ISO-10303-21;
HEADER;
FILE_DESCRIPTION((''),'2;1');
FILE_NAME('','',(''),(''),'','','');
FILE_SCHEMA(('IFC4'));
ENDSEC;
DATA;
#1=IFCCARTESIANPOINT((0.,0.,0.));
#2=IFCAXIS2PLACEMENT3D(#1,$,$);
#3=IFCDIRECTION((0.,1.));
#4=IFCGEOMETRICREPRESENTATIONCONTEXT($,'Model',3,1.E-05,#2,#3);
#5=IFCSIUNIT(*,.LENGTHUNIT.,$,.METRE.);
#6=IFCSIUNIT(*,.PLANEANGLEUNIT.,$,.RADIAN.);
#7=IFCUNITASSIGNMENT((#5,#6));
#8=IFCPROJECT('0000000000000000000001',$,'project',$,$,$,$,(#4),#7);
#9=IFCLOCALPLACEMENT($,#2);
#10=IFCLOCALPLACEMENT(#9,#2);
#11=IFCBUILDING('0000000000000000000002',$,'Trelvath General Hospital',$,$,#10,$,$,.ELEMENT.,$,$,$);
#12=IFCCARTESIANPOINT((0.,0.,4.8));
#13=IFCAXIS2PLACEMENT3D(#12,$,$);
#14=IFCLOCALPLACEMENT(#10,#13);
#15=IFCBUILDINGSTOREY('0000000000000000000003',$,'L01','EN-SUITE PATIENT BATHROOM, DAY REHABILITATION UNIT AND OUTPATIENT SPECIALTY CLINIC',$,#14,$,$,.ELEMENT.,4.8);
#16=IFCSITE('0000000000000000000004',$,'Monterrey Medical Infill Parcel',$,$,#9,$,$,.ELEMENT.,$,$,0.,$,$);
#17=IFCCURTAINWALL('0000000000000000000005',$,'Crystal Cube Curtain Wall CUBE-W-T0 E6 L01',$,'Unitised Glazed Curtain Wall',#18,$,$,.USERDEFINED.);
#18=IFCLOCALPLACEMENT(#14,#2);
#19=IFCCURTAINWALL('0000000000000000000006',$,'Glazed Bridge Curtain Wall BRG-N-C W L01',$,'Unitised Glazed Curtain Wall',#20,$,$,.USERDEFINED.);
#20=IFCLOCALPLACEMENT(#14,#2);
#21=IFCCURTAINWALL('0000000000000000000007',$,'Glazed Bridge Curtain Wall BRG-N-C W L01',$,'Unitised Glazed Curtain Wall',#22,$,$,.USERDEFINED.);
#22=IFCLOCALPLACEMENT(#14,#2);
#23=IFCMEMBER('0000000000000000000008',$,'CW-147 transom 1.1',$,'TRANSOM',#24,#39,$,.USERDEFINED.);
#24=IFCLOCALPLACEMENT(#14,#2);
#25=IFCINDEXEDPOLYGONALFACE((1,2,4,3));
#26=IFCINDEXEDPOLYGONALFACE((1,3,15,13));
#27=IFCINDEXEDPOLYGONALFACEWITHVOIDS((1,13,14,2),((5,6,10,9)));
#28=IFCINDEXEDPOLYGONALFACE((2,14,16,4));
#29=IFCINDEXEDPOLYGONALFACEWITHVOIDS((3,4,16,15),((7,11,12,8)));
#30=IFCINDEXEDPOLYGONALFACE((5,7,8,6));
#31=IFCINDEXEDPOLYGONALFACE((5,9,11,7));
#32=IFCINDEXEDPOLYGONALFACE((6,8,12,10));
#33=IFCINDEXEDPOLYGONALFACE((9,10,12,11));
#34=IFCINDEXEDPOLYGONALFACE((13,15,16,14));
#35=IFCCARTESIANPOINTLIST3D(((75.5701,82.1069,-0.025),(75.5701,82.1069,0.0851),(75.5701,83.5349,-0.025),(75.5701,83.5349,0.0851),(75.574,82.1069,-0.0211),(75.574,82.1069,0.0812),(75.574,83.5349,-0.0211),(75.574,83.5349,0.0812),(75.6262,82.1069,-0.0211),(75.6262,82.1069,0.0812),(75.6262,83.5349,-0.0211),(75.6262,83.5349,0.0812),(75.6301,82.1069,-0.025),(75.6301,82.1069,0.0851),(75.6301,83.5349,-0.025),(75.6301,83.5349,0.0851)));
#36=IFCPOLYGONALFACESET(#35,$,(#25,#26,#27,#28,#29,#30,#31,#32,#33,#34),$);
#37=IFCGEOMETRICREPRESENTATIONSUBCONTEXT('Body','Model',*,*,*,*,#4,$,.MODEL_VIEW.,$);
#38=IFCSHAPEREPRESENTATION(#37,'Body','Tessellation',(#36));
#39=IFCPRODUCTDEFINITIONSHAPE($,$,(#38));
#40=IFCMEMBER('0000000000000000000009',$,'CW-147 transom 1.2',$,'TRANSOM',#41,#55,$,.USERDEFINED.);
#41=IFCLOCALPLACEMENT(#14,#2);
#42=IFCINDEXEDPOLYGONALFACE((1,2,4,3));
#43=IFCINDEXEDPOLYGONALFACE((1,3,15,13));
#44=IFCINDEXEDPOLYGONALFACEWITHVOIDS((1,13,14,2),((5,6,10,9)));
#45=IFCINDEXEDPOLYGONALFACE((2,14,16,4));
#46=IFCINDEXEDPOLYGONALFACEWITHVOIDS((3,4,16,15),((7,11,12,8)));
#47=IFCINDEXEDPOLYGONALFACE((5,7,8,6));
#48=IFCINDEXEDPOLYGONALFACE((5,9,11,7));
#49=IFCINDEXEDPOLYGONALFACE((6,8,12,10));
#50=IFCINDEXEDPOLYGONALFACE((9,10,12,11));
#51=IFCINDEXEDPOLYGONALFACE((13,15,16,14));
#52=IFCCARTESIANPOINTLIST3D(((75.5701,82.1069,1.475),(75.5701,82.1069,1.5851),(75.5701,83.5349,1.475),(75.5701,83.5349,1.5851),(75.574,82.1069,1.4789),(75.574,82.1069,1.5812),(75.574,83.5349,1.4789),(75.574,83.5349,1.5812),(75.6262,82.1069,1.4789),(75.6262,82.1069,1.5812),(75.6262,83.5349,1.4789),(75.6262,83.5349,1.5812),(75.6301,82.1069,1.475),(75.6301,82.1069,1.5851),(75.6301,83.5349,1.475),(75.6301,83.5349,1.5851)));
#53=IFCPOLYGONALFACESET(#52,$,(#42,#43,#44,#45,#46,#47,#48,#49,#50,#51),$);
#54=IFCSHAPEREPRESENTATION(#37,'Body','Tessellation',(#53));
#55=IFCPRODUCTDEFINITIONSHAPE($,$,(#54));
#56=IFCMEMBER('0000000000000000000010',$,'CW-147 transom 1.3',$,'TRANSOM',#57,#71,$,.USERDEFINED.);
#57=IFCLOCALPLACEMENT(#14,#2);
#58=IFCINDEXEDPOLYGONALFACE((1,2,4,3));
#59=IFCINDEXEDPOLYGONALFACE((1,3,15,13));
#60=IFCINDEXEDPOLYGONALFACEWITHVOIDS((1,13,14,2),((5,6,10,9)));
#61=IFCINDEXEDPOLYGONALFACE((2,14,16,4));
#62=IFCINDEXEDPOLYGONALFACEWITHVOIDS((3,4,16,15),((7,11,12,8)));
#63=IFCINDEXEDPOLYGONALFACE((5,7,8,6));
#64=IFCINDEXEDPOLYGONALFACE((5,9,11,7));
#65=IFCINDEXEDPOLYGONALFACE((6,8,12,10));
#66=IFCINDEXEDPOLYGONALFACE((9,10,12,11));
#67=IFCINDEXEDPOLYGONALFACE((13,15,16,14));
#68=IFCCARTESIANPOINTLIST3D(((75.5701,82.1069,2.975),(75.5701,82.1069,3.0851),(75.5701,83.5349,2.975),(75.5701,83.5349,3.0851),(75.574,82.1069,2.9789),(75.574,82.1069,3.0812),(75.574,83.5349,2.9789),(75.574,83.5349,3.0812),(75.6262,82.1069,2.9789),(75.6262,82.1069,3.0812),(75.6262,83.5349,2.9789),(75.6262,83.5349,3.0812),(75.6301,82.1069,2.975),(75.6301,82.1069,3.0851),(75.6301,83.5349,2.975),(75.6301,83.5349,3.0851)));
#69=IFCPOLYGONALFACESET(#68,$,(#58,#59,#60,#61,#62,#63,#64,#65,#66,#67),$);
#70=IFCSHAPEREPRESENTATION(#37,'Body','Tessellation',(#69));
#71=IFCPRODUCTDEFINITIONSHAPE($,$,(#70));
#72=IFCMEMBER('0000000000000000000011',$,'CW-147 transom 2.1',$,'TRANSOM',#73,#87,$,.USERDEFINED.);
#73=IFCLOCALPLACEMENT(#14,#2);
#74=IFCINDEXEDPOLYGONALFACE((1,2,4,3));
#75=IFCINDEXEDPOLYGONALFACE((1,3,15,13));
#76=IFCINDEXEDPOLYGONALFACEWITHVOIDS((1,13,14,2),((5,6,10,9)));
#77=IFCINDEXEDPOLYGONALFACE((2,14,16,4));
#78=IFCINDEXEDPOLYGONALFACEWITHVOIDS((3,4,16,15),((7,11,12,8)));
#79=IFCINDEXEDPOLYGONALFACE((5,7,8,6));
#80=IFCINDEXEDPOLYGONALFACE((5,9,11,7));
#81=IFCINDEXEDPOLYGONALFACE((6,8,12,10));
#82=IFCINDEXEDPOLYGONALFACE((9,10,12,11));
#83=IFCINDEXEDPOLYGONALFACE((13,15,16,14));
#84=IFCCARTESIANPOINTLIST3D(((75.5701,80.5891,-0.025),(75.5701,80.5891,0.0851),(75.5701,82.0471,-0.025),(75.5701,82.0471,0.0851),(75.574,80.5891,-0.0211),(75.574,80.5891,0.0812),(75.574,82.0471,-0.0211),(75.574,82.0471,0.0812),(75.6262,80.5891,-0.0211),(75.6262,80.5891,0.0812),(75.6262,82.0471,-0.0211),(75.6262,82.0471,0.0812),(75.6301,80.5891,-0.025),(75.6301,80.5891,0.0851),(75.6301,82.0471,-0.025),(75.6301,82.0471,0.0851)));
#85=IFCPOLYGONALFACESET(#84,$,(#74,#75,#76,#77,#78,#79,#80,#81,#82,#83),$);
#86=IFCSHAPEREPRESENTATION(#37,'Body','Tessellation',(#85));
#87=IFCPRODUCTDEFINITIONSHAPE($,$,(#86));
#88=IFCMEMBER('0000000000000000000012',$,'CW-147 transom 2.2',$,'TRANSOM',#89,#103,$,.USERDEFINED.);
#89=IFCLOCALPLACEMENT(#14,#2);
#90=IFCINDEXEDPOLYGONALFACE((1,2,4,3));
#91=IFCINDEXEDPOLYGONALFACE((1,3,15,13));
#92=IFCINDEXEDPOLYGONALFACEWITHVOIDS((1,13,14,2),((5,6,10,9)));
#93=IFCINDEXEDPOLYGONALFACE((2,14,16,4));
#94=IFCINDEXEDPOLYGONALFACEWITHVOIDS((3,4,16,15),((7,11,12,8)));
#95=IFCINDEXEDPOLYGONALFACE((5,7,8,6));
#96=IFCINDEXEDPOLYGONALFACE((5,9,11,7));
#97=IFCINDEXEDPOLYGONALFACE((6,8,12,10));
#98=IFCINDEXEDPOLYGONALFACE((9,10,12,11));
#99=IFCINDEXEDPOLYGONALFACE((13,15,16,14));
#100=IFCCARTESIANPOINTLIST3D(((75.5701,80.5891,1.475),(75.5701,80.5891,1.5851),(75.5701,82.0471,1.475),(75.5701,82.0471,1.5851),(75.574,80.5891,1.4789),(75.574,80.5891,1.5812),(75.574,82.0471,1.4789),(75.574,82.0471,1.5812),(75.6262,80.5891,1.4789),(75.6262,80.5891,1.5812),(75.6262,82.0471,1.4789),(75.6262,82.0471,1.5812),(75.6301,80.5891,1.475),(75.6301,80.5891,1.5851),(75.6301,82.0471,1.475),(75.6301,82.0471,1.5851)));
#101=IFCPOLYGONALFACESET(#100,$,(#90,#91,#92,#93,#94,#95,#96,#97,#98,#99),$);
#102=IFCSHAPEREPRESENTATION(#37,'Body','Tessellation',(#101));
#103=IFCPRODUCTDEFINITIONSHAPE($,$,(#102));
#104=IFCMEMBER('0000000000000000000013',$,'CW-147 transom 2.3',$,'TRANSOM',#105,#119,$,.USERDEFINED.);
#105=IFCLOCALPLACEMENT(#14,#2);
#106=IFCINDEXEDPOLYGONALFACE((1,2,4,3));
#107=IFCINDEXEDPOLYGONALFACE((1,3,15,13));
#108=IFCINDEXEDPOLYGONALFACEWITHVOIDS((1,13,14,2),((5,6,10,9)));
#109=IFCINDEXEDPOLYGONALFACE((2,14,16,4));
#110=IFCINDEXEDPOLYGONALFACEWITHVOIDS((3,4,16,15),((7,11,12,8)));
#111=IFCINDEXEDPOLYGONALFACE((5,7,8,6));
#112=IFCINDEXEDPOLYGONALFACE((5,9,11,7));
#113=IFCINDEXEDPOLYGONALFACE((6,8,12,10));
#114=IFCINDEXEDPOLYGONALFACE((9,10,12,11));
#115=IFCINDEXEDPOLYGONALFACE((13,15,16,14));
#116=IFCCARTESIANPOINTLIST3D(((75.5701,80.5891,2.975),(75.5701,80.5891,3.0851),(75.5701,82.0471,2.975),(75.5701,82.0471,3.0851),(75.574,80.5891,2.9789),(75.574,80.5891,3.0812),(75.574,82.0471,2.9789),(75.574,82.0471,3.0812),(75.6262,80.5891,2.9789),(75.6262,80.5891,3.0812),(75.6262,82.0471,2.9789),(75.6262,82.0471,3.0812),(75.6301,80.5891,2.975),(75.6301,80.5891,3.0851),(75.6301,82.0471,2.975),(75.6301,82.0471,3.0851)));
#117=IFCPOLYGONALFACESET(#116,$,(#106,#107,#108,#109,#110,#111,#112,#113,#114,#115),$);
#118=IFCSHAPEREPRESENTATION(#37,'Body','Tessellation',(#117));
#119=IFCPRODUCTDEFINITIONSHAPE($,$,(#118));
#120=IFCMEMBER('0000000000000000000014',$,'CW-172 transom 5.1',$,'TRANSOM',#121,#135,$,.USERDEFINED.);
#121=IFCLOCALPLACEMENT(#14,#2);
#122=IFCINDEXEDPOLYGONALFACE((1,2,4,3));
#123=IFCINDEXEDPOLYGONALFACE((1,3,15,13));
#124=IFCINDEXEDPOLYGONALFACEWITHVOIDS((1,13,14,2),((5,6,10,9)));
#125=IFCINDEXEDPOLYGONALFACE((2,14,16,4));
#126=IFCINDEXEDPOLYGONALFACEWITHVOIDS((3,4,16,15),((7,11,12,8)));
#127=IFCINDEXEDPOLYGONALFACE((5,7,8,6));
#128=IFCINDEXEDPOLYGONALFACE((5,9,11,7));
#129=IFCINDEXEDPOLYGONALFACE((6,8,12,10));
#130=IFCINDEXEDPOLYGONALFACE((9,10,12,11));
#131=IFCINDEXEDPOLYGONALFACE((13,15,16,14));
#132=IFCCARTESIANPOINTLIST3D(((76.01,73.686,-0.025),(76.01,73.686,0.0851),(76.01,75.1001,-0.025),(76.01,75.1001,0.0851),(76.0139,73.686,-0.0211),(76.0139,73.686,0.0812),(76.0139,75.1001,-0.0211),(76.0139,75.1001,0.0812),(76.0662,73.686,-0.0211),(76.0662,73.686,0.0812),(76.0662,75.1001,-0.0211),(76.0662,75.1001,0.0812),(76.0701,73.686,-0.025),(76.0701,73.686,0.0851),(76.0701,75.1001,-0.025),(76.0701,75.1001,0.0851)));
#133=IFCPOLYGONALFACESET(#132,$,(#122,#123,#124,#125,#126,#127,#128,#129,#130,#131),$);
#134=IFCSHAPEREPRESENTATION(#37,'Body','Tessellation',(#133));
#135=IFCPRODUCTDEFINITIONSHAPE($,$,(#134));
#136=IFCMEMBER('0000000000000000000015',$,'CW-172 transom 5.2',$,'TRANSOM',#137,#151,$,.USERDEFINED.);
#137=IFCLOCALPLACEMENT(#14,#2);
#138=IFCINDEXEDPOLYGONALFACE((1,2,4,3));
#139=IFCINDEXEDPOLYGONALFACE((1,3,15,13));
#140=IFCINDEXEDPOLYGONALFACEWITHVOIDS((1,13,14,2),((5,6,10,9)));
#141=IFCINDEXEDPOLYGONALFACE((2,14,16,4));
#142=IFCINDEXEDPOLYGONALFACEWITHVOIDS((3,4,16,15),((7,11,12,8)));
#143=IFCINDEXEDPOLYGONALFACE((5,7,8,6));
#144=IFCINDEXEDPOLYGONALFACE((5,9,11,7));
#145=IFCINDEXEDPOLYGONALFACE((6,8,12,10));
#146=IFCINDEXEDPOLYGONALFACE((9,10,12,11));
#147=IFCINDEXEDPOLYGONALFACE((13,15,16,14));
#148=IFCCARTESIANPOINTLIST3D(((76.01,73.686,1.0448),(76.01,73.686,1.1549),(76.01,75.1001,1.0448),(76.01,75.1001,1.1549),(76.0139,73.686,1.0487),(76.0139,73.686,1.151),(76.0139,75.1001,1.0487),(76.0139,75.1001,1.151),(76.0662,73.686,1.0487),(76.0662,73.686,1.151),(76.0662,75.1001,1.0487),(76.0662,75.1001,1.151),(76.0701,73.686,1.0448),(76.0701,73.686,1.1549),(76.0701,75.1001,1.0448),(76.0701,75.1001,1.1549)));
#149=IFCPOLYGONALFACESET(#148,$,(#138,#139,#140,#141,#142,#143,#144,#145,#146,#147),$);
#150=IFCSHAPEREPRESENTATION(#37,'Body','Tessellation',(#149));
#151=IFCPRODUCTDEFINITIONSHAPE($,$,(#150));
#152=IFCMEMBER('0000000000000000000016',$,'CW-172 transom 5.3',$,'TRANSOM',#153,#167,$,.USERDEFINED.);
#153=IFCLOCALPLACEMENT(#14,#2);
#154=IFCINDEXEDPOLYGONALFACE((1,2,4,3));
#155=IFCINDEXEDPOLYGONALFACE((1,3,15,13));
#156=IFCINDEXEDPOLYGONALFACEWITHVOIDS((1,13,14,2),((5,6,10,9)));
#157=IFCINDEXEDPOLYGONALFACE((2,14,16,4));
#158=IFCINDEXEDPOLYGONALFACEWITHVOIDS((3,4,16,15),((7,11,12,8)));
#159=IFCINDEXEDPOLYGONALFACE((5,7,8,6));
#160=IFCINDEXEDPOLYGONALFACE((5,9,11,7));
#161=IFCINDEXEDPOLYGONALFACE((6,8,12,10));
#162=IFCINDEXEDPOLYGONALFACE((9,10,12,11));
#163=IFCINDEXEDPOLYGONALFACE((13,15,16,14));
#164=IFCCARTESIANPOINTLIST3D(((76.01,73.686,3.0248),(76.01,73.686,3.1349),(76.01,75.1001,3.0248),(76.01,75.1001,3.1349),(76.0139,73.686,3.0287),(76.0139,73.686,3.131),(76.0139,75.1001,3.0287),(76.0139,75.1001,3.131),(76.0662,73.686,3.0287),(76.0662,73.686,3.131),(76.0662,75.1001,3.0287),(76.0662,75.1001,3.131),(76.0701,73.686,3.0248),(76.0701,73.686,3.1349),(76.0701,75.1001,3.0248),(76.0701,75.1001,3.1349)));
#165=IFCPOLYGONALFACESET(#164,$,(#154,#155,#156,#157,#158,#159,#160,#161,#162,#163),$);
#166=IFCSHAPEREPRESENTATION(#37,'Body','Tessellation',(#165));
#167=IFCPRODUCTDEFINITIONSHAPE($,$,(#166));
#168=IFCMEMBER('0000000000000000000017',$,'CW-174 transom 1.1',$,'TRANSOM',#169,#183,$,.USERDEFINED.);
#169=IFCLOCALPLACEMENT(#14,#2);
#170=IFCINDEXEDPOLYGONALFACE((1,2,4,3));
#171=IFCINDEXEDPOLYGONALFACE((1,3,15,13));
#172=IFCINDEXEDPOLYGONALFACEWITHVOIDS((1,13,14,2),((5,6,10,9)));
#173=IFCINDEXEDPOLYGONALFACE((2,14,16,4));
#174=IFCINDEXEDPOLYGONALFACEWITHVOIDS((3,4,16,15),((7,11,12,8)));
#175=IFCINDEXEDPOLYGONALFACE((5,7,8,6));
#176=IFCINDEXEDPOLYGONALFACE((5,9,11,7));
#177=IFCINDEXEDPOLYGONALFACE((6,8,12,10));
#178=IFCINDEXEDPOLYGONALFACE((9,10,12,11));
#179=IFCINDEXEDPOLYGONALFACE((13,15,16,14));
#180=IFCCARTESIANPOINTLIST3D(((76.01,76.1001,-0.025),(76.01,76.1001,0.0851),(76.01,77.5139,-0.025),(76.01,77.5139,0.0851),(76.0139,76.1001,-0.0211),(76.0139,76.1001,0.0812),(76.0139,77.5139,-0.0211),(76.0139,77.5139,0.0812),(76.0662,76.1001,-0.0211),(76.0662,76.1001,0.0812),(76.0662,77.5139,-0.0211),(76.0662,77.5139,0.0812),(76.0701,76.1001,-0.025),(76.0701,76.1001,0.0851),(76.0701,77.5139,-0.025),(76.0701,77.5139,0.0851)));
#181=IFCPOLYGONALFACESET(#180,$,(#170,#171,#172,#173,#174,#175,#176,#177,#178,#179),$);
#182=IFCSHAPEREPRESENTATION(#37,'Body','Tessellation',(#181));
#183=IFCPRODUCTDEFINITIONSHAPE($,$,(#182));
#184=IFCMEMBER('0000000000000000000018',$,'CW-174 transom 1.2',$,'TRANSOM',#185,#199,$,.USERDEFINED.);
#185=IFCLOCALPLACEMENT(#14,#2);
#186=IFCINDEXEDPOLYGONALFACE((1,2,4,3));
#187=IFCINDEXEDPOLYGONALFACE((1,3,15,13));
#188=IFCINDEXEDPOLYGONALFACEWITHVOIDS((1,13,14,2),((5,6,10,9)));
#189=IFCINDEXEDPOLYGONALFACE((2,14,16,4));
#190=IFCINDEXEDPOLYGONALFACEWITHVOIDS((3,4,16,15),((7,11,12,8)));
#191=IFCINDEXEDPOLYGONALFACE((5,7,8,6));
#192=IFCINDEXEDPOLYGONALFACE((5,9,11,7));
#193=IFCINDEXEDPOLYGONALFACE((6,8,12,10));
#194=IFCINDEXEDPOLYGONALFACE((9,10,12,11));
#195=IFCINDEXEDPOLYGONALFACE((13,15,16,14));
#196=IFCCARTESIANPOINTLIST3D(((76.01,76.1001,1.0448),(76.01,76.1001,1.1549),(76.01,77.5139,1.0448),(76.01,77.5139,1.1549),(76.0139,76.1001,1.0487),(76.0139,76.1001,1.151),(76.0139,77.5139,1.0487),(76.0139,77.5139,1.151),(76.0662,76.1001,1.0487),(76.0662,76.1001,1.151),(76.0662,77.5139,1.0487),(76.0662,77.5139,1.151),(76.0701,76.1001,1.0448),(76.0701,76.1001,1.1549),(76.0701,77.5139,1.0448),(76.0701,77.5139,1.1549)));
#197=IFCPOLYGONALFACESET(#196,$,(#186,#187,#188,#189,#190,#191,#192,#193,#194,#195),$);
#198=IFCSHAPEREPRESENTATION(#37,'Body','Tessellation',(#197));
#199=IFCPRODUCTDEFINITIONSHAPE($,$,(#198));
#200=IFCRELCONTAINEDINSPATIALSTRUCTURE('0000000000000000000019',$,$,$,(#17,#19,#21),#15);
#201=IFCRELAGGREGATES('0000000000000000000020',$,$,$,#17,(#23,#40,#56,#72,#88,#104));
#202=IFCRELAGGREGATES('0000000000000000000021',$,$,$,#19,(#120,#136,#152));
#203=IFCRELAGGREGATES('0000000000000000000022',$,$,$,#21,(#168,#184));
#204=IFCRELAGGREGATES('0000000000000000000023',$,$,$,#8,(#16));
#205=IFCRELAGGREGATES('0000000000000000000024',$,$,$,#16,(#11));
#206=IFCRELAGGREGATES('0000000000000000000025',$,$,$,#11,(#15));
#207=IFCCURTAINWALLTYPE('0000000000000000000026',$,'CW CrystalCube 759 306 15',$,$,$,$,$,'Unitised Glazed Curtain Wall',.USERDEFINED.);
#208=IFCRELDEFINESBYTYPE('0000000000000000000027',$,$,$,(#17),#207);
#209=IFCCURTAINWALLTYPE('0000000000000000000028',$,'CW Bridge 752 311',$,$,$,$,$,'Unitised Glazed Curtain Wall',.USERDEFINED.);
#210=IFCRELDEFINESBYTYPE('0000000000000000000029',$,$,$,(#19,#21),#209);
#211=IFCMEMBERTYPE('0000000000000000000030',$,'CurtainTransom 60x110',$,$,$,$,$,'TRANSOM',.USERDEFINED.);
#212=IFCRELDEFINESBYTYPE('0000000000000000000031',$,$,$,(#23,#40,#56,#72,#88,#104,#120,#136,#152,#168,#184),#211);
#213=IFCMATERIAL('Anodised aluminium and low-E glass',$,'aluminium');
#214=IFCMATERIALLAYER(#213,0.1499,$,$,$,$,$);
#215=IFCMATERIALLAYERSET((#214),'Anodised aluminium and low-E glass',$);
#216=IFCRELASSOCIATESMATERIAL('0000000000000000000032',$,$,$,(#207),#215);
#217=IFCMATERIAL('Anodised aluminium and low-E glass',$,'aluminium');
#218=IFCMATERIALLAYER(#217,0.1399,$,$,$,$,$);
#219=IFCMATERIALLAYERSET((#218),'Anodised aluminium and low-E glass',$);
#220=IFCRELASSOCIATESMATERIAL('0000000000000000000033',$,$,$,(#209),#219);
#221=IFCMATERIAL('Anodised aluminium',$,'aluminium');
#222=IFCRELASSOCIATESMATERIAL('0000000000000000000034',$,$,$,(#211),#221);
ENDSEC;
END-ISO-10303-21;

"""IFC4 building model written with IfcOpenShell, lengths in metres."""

from ifc_helpers import new_model, si_unit, direction, frame, origin, origin_2d, place, context, subcontext, project, spatial, hollow_rectangle, extrude, material, layer, layer_set, material_profile, profile_set, type_object, element, aggregate, save


model = new_model("IFC4")

# Units and contexts
model_context = context("Model", 3, precision=1e-05, world=origin(), true_north=direction((0.0, 1.0)))
body_context = subcontext(model_context, "Body", "Model", "MODEL_VIEW")
ifc_project = project(units=[si_unit("LENGTHUNIT", "METRE"), si_unit("PLANEANGLEUNIT", "RADIAN")], contexts=[model_context])

# Site, building, storey
site_placement = place(None, origin())
site = spatial("IfcSite", under=ifc_project, at=site_placement, Name="Monterrey Medical Infill Parcel", CompositionType="ELEMENT", RefElevation=0.0)
building_placement = place(site_placement, origin())
building = spatial("IfcBuilding", under=site, at=building_placement, Name="Trelvath General Hospital", CompositionType="ELEMENT")
storey_placement = place(building_placement, frame((0.0, 0.0, 4.8)))
storey = spatial("IfcBuildingStorey", under=building, at=storey_placement, Name="L01", Description="EN-SUITE PATIENT BATHROOM, DAY REHABILITATION UNIT AND OUTPATIENT SPECIALTY CLINIC", CompositionType="ELEMENT", Elevation=4.8)

# Curtain wall
ifc_material_1 = material(Name="Anodised aluminium and low-E glass", Category="aluminium")
ifc_layer_1 = layer(ifc_material_1, 0.1499)
ifc_layer_set_1 = layer_set([ifc_layer_1], Name="Anodised aluminium and low-E glass")
curtain_wall_type_1 = type_object("IfcCurtainWallType", Name="CW CrystalCube 759 306 15", ElementType="Unitised Glazed Curtain Wall", PredefinedType="USERDEFINED", material=ifc_layer_set_1)
curtain_wall_1_placement = place(storey_placement, origin())
curtain_wall_1 = element("IfcCurtainWall", 1, at=curtain_wall_1_placement, inside=storey, type_object=curtain_wall_type_1, Name="Crystal Cube Curtain Wall CUBE-W-T0 E6 L01", ObjectType="Unitised Glazed Curtain Wall", PredefinedType="USERDEFINED")

# Curtain walls
ifc_material_2 = material(Name="Anodised aluminium and low-E glass", Category="aluminium")
ifc_layer_2 = layer(ifc_material_2, 0.1399)
ifc_layer_set_2 = layer_set([ifc_layer_2], Name="Anodised aluminium and low-E glass")
curtain_wall_type_2 = type_object("IfcCurtainWallType", Name="CW Bridge 752 311", ElementType="Unitised Glazed Curtain Wall", PredefinedType="USERDEFINED", material=ifc_layer_set_2)
curtain_wall_2_placement = place(storey_placement, origin())
curtain_wall_2 = element("IfcCurtainWall", 2, at=curtain_wall_2_placement, inside=storey, type_object=curtain_wall_type_2, Name="Glazed Bridge Curtain Wall BRG-N-C W L01", ObjectType="Unitised Glazed Curtain Wall", PredefinedType="USERDEFINED")
curtain_wall_3_placement = place(storey_placement, origin())
curtain_wall_3 = element("IfcCurtainWall", 3, at=curtain_wall_3_placement, inside=storey, type_object=curtain_wall_type_2, Name="Glazed Bridge Curtain Wall BRG-N-C W L01", ObjectType="Unitised Glazed Curtain Wall", PredefinedType="USERDEFINED")

# Members
ifc_material_3 = material(Name="Anodised aluminium", Category="aluminium")
ifc_material_profile_1 = material_profile(ifc_material_3, hollow_rectangle(XDim=0.0601, YDim=0.1101, WallThickness=0.0039, at=origin_2d()), Name="RHS60x110x4")
ifc_profile_set_1 = profile_set([ifc_material_profile_1], Name="Anodised aluminium")
member_type_1 = type_object("IfcMemberType", Name="CurtainTransom 60x110", ElementType="TRANSOM", PredefinedType="USERDEFINED", material=ifc_profile_set_1)
member_1_placement = place(storey_placement, frame((75.6001, 83.5349, 0.03), z_axis=(0.0, -1.0, 0.0), x_axis=(1.0, 0.0, 0.0)))
member_1 = element("IfcMember", 4, at=member_1_placement, type_object=member_type_1, Name="CW-147 transom 1.1", ObjectType="TRANSOM", PredefinedType="USERDEFINED", context=body_context, shape_type="SweptSolid", body=[
    extrude(hollow_rectangle(XDim=0.0601, YDim=0.1101, WallThickness=0.0039, at=origin_2d()), origin(), (0.0, 0.0, 1.0), 1.428),
])
member_2_placement = place(storey_placement, frame((75.6001, 83.5349, 1.53), z_axis=(0.0, -1.0, 0.0), x_axis=(1.0, 0.0, 0.0)))
member_2 = element("IfcMember", 5, at=member_2_placement, type_object=member_type_1, Name="CW-147 transom 1.2", ObjectType="TRANSOM", PredefinedType="USERDEFINED", context=body_context, shape_type="SweptSolid", body=[
    extrude(hollow_rectangle(XDim=0.0601, YDim=0.1101, WallThickness=0.0039, at=origin_2d()), origin(), (0.0, 0.0, 1.0), 1.428),
])
member_3_placement = place(storey_placement, frame((75.6001, 83.5349, 3.03), z_axis=(0.0, -1.0, 0.0), x_axis=(1.0, 0.0, 0.0)))
member_3 = element("IfcMember", 6, at=member_3_placement, type_object=member_type_1, Name="CW-147 transom 1.3", ObjectType="TRANSOM", PredefinedType="USERDEFINED", context=body_context, shape_type="SweptSolid", body=[
    extrude(hollow_rectangle(XDim=0.0601, YDim=0.1101, WallThickness=0.0039, at=origin_2d()), origin(), (0.0, 0.0, 1.0), 1.428),
])
member_4_placement = place(storey_placement, frame((75.6001, 82.0471, 0.03), z_axis=(0.0, -1.0, 0.0), x_axis=(1.0, 0.0, 0.0)))
member_4 = element("IfcMember", 7, at=member_4_placement, type_object=member_type_1, Name="CW-147 transom 2.1", ObjectType="TRANSOM", PredefinedType="USERDEFINED", context=body_context, shape_type="SweptSolid", body=[
    extrude(hollow_rectangle(XDim=0.0601, YDim=0.1101, WallThickness=0.0039, at=origin_2d()), origin(), (0.0, 0.0, 1.0), 1.458),
])
member_5_placement = place(storey_placement, frame((75.6001, 82.0471, 1.53), z_axis=(0.0, -1.0, 0.0), x_axis=(1.0, 0.0, 0.0)))
member_5 = element("IfcMember", 8, at=member_5_placement, type_object=member_type_1, Name="CW-147 transom 2.2", ObjectType="TRANSOM", PredefinedType="USERDEFINED", context=body_context, shape_type="SweptSolid", body=[
    extrude(hollow_rectangle(XDim=0.0601, YDim=0.1101, WallThickness=0.0039, at=origin_2d()), origin(), (0.0, 0.0, 1.0), 1.458),
])
member_6_placement = place(storey_placement, frame((75.6001, 82.0471, 3.03), z_axis=(0.0, -1.0, 0.0), x_axis=(1.0, 0.0, 0.0)))
member_6 = element("IfcMember", 9, at=member_6_placement, type_object=member_type_1, Name="CW-147 transom 2.3", ObjectType="TRANSOM", PredefinedType="USERDEFINED", context=body_context, shape_type="SweptSolid", body=[
    extrude(hollow_rectangle(XDim=0.0601, YDim=0.1101, WallThickness=0.0039, at=origin_2d()), origin(), (0.0, 0.0, 1.0), 1.458),
])
member_7_placement = place(storey_placement, frame((76.04, 73.686, 0.03), z_axis=(0.0, 1.0, 0.0), x_axis=(-1.0, 0.0, 0.0)))
member_7 = element("IfcMember", 10, at=member_7_placement, type_object=member_type_1, Name="CW-172 transom 5.1", ObjectType="TRANSOM", PredefinedType="USERDEFINED", context=body_context, shape_type="SweptSolid", body=[
    extrude(hollow_rectangle(XDim=0.0601, YDim=0.1101, WallThickness=0.0039, at=origin_2d()), origin(), (0.0, 0.0, 1.0), 1.4141),
])
member_8_placement = place(storey_placement, frame((76.04, 73.686, 1.0999), z_axis=(0.0, 1.0, 0.0), x_axis=(-1.0, 0.0, 0.0)))
member_8 = element("IfcMember", 11, at=member_8_placement, type_object=member_type_1, Name="CW-172 transom 5.2", ObjectType="TRANSOM", PredefinedType="USERDEFINED", context=body_context, shape_type="SweptSolid", body=[
    extrude(hollow_rectangle(XDim=0.0601, YDim=0.1101, WallThickness=0.0039, at=origin_2d()), origin(), (0.0, 0.0, 1.0), 1.4141),
])
member_9_placement = place(storey_placement, frame((76.04, 73.686, 3.0798), z_axis=(0.0, 1.0, 0.0), x_axis=(-1.0, 0.0, 0.0)))
member_9 = element("IfcMember", 12, at=member_9_placement, type_object=member_type_1, Name="CW-172 transom 5.3", ObjectType="TRANSOM", PredefinedType="USERDEFINED", context=body_context, shape_type="SweptSolid", body=[
    extrude(hollow_rectangle(XDim=0.0601, YDim=0.1101, WallThickness=0.0039, at=origin_2d()), origin(), (0.0, 0.0, 1.0), 1.4141),
])
member_10_placement = place(storey_placement, frame((76.04, 76.1001, 0.03), z_axis=(0.0, 1.0, 0.0), x_axis=(-1.0, 0.0, 0.0)))
member_10 = element("IfcMember", 13, at=member_10_placement, type_object=member_type_1, Name="CW-174 transom 1.1", ObjectType="TRANSOM", PredefinedType="USERDEFINED", context=body_context, shape_type="SweptSolid", body=[
    extrude(hollow_rectangle(XDim=0.0601, YDim=0.1101, WallThickness=0.0039, at=origin_2d()), origin(), (0.0, 0.0, 1.0), 1.4138),
])
member_11_placement = place(storey_placement, frame((76.04, 76.1001, 1.0999), z_axis=(0.0, 1.0, 0.0), x_axis=(-1.0, 0.0, 0.0)))
member_11 = element("IfcMember", 14, at=member_11_placement, type_object=member_type_1, Name="CW-174 transom 1.2", ObjectType="TRANSOM", PredefinedType="USERDEFINED", context=body_context, shape_type="SweptSolid", body=[
    extrude(hollow_rectangle(XDim=0.0601, YDim=0.1101, WallThickness=0.0039, at=origin_2d()), origin(), (0.0, 0.0, 1.0), 1.4138),
])

aggregate(curtain_wall_1, [member_1, member_2, member_3, member_4, member_5, member_6])
aggregate(curtain_wall_2, [member_7, member_8, member_9])
aggregate(curtain_wall_3, [member_10, member_11])

save(model, "model.ifc")
